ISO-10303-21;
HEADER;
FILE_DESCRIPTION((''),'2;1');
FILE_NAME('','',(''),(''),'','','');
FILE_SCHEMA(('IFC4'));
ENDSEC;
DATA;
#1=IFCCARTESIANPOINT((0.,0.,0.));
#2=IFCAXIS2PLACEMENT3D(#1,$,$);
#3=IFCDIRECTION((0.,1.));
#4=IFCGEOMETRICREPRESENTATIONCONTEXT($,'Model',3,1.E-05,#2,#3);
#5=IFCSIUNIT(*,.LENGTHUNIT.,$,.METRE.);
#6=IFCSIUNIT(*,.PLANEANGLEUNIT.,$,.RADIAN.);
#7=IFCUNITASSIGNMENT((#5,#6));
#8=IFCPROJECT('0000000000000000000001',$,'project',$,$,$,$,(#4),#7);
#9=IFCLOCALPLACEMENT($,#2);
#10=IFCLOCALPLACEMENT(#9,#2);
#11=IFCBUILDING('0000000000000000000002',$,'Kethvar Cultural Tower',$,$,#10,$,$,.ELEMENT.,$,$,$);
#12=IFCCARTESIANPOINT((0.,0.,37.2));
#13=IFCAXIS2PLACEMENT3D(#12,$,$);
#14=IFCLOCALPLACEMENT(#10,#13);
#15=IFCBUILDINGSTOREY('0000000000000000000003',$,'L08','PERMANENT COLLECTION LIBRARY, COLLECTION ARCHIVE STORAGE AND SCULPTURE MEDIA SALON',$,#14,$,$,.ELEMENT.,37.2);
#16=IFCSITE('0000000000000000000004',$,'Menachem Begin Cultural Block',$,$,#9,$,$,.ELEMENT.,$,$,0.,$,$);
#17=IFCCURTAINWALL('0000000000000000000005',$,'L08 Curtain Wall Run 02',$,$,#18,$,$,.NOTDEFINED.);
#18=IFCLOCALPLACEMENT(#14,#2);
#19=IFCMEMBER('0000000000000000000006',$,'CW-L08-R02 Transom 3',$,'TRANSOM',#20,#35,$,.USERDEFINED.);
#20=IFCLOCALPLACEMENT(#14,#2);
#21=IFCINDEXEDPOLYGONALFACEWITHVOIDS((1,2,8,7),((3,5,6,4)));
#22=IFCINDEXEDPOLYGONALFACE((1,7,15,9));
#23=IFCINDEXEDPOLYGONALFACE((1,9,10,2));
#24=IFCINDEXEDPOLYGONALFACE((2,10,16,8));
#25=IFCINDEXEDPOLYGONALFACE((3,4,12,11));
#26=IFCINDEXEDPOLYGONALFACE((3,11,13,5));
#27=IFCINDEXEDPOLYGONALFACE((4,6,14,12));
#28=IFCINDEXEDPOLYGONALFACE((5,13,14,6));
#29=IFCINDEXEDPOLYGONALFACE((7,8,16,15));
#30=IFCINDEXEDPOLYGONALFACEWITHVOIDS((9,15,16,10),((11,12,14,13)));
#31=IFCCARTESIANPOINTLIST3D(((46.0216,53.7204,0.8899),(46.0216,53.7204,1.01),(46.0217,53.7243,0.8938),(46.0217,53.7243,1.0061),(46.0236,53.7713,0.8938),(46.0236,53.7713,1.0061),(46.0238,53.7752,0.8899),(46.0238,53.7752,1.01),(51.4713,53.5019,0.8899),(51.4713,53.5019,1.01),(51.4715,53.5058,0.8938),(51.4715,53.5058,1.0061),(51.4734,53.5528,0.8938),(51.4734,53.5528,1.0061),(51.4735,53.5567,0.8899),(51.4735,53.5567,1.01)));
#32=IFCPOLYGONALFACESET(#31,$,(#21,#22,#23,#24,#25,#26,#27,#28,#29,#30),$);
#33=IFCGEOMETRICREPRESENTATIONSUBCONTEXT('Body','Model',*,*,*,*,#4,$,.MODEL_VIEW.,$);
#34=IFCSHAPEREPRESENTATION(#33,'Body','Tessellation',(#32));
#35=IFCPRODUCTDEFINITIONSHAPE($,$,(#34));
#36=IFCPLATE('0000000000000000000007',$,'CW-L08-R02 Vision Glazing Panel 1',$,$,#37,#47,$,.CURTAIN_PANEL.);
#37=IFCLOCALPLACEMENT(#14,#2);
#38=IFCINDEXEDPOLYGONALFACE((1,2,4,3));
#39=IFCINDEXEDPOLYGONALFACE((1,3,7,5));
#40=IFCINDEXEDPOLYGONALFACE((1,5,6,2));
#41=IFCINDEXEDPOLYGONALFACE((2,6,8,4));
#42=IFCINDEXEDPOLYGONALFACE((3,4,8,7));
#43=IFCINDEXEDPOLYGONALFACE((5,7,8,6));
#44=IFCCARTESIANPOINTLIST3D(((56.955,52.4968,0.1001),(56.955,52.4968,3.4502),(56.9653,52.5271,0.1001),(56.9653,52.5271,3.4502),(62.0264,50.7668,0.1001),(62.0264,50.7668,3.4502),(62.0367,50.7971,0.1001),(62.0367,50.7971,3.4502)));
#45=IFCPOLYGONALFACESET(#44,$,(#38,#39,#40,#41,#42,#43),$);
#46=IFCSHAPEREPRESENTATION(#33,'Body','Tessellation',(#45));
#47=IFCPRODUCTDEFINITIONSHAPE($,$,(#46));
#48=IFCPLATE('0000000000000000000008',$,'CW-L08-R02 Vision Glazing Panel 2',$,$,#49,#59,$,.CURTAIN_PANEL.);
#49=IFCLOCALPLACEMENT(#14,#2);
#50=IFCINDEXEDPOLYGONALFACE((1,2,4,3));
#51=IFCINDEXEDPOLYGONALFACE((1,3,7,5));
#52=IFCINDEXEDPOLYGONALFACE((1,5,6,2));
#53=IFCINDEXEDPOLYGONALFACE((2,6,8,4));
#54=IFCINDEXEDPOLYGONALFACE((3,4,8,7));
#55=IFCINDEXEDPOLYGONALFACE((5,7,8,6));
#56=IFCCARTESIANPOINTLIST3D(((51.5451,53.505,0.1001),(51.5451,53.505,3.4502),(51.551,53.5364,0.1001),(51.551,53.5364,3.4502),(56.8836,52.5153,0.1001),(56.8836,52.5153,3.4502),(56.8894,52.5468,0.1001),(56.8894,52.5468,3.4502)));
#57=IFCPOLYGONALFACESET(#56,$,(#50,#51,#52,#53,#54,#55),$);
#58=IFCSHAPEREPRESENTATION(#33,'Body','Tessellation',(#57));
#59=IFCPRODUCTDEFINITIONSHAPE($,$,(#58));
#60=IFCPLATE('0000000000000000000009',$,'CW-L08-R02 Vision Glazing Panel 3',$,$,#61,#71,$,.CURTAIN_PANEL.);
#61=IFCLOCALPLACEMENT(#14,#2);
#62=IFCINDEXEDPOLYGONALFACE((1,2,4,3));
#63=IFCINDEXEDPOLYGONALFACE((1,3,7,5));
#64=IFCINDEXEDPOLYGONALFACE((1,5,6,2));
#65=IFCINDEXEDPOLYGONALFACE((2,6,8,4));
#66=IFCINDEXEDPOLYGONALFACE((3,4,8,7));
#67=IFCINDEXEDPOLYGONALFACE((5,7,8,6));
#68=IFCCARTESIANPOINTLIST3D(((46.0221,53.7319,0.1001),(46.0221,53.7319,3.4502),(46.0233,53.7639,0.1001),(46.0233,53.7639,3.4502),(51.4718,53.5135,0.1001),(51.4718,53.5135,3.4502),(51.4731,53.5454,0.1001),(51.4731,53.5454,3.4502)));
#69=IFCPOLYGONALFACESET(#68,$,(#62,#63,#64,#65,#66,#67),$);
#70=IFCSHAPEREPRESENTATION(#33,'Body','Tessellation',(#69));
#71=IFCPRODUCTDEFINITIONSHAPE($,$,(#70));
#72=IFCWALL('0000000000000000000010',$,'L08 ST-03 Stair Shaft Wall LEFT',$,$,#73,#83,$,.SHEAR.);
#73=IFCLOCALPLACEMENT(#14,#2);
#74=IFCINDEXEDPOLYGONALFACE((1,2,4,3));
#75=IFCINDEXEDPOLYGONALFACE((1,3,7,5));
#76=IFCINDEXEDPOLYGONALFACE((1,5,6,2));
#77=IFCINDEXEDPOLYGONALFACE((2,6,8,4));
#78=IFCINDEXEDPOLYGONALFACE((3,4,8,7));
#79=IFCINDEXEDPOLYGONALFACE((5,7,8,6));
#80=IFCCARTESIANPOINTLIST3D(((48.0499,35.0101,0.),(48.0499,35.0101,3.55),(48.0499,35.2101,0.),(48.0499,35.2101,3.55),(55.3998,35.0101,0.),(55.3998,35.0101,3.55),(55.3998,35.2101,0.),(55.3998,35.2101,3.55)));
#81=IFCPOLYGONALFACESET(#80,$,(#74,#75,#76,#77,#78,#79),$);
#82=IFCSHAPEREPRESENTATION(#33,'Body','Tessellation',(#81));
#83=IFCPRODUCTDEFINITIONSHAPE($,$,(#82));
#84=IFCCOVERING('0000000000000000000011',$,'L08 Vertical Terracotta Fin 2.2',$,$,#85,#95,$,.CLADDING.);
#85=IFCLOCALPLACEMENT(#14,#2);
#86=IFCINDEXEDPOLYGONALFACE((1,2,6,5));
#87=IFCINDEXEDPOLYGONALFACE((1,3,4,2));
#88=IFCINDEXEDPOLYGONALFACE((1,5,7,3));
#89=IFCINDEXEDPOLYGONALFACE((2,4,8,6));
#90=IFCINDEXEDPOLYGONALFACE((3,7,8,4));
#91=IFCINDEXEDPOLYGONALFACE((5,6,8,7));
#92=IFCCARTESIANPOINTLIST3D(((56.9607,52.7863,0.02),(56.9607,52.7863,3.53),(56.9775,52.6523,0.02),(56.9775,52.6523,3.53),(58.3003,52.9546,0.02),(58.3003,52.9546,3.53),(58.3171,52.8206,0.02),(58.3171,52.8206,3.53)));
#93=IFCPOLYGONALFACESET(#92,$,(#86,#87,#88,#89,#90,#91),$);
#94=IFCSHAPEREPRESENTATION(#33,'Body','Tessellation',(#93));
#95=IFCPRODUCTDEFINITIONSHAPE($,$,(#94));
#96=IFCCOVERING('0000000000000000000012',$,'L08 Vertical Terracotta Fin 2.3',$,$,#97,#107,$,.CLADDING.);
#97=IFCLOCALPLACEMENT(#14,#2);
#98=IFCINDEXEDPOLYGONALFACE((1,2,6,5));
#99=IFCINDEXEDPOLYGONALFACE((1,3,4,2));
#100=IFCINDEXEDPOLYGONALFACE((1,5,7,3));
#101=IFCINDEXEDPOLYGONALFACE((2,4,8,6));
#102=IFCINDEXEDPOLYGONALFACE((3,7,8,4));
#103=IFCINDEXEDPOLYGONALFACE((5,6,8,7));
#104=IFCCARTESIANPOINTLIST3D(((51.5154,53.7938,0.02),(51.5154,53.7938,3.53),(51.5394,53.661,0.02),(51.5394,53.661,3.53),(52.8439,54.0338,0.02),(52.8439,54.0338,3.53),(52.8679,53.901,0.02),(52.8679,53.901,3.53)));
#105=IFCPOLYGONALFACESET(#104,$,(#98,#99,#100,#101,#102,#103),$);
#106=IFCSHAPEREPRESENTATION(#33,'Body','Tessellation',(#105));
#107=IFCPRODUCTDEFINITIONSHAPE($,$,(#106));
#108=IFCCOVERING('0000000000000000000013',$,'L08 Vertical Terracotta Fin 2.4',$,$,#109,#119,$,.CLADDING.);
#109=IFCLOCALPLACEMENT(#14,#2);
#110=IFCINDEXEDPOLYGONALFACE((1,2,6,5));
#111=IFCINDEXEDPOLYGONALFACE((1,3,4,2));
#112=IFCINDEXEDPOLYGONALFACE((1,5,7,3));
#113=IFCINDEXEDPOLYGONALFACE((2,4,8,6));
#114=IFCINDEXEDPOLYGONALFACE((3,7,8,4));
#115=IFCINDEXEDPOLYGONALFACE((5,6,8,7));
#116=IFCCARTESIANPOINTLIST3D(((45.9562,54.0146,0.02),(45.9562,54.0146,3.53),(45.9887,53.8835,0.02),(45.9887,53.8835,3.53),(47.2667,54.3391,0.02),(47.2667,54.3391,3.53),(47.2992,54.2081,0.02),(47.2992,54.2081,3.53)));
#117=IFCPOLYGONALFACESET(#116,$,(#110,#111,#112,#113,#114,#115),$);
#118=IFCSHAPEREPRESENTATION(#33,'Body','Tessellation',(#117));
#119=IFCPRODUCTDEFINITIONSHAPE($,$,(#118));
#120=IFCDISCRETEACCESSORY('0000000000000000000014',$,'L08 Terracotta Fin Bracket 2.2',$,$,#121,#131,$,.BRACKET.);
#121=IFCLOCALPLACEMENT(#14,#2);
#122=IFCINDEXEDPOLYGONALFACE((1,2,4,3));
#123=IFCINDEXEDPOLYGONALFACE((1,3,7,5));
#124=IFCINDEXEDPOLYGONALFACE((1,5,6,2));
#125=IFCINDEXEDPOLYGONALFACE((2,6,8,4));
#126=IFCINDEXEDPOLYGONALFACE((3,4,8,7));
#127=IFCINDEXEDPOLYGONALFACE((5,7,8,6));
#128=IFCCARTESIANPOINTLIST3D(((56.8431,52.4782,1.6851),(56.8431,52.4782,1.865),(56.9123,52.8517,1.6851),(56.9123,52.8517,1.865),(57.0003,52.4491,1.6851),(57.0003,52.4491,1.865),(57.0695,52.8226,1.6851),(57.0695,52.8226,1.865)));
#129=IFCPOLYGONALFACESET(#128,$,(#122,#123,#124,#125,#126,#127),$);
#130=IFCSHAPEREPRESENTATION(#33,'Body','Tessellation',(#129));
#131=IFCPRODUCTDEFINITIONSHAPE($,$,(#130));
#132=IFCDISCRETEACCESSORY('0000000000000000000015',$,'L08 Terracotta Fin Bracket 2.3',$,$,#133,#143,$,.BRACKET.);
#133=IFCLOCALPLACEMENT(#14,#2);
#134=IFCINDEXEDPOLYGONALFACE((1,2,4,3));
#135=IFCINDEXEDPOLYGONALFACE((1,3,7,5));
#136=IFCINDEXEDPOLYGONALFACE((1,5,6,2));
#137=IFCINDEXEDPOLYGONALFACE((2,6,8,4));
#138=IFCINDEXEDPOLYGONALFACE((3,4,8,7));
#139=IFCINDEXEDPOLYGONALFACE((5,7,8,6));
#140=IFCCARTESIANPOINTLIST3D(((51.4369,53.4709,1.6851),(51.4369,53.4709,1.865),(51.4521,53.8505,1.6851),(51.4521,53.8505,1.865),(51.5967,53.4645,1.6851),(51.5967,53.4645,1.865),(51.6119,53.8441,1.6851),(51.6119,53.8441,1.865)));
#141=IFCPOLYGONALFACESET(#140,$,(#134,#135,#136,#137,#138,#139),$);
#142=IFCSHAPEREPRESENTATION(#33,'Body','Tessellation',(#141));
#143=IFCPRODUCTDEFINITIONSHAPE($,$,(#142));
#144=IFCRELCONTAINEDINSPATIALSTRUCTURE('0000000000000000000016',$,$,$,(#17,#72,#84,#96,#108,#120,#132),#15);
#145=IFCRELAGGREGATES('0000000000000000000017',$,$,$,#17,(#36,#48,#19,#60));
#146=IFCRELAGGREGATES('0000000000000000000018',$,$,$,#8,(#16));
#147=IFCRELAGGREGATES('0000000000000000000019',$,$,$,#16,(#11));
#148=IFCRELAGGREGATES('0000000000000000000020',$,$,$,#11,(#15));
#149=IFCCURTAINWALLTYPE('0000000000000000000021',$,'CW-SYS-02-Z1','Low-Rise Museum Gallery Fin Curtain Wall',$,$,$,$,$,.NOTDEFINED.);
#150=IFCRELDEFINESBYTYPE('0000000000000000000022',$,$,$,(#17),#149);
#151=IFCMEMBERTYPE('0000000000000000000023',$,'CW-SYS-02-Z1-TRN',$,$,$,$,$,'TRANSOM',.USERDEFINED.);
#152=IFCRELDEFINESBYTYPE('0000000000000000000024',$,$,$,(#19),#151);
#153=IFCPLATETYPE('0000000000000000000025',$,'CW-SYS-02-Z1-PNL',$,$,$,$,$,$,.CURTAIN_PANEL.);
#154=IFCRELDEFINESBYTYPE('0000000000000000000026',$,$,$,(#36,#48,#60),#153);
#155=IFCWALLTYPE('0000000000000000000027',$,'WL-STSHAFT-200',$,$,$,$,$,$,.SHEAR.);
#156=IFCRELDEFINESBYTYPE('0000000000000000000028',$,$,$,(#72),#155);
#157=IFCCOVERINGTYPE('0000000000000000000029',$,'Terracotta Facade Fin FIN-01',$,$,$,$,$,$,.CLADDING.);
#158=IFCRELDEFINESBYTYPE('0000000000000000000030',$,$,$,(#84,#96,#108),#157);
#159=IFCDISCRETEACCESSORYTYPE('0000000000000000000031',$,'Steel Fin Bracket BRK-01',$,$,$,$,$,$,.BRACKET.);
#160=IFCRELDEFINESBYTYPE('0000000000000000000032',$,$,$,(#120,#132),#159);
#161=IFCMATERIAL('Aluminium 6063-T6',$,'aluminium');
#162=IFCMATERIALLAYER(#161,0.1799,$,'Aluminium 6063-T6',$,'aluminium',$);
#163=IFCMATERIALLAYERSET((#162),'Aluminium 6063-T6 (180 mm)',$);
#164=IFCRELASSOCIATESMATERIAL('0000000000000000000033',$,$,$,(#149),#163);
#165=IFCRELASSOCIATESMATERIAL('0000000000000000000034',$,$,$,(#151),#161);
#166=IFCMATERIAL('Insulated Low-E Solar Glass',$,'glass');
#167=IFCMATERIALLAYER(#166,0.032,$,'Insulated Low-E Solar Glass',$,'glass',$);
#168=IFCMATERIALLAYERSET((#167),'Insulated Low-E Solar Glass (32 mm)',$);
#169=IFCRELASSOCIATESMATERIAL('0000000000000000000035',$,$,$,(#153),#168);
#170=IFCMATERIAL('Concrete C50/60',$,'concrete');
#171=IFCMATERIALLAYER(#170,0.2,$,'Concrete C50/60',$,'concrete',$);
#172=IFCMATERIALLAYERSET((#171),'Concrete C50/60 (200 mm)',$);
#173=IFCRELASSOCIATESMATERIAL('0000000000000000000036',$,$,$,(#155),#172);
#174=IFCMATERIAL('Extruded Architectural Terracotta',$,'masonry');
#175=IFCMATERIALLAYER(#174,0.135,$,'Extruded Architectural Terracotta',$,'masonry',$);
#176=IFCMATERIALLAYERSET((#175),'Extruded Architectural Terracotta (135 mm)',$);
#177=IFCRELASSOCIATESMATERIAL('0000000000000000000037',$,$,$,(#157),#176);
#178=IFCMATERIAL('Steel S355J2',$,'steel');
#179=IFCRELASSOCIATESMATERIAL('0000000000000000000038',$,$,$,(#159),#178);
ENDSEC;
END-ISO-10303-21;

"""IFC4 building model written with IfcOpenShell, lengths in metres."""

from ifc_helpers import new_model, si_unit, direction, frame, frame_2d, origin, origin_2d, place, context, subcontext, project, spatial, rectangle, hollow_rectangle, extrude, source, transform, mapped, material, layer, layer_set, material_profile, profile_set, type_object, element, aggregate, save


model = new_model("IFC4")

# Units and contexts
model_context = context("Model", 3, precision=1e-05, world=origin(), true_north=direction((0.0, 1.0)))
body_context = subcontext(model_context, "Body", "Model", "MODEL_VIEW")
ifc_project = project(units=[si_unit("LENGTHUNIT", "METRE"), si_unit("PLANEANGLEUNIT", "RADIAN")], contexts=[model_context])

# Site, building, storey
site_placement = place(None, origin())
site = spatial("IfcSite", under=ifc_project, at=site_placement, Name="Menachem Begin Cultural Block", CompositionType="ELEMENT", RefElevation=0.0)
building_placement = place(site_placement, origin())
building = spatial("IfcBuilding", under=site, at=building_placement, Name="Kethvar Cultural Tower", CompositionType="ELEMENT")
storey_placement = place(building_placement, frame((0.0, 0.0, 37.2)))
storey = spatial("IfcBuildingStorey", under=building, at=storey_placement, Name="L08", Description="PERMANENT COLLECTION LIBRARY, COLLECTION ARCHIVE STORAGE AND SCULPTURE MEDIA SALON", CompositionType="ELEMENT", Elevation=37.2)

# Shared definitions
ifc_material_1 = material(Name="Steel S355J2", Category="steel")

# Curtain wall, member, plates
ifc_material_2 = material(Name="Aluminium 6063-T6", Category="aluminium")
ifc_layer_1 = layer(ifc_material_2, 0.1799, Name="Aluminium 6063-T6", Category="aluminium")
ifc_layer_set_1 = layer_set([ifc_layer_1], Name="Aluminium 6063-T6 (180 mm)")
curtain_wall_type = type_object("IfcCurtainWallType", Name="CW-SYS-02-Z1", Description="Low-Rise Museum Gallery Fin Curtain Wall", PredefinedType="NOTDEFINED", material=ifc_layer_set_1)
curtain_wall_placement = place(storey_placement, origin())
curtain_wall = element("IfcCurtainWall", 1, at=curtain_wall_placement, inside=storey, type_object=curtain_wall_type, Name="L08 Curtain Wall Run 02", PredefinedType="NOTDEFINED")
ifc_material_profile_1 = material_profile(ifc_material_2, hollow_rectangle(XDim=0.0549, YDim=0.1201, WallThickness=0.0039, at=origin_2d()), Name="Aluminium 6063-T6 — RHS120x55x4")
ifc_profile_set_1 = profile_set([ifc_material_profile_1], Name="Aluminium 6063-T6 — RHS120x55x4")
member_type_1 = type_object("IfcMemberType", Name="CW-SYS-02-Z1-TRN", ElementType="TRANSOM", PredefinedType="USERDEFINED", material=ifc_profile_set_1)
shared_shape_1 = source(origin(), body_context, "Body", "SweptSolid", [
    extrude(hollow_rectangle(XDim=0.0549, YDim=0.1201, WallThickness=0.0039, at=origin_2d()), origin(), (0.0, 0.0, 1.0), 5.4541),
])
member_1_placement = place(storey_placement, frame((51.4724, 53.5293, 0.95), z_axis=(-0.999197, 0.040063, 0.0), x_axis=(-0.040063, -0.999197, 0.0)))
member_1 = element("IfcMember", 2, at=member_1_placement, type_object=member_type_1, Name="CW-L08-R02 Transom 3", ObjectType="TRANSOM", PredefinedType="USERDEFINED", context=body_context, shape_type="MappedRepresentation", body=[
    mapped(shared_shape_1, transform((0.0, 0.0, 0.0), scale=1.0)),
])
ifc_material_3 = material(Name="Insulated Low-E Solar Glass", Category="glass")
ifc_layer_2 = layer(ifc_material_3, 0.032, Name="Insulated Low-E Solar Glass", Category="glass")
ifc_layer_set_2 = layer_set([ifc_layer_2], Name="Insulated Low-E Solar Glass (32 mm)")
plate_type = type_object("IfcPlateType", Name="CW-SYS-02-Z1-PNL", PredefinedType="CURTAIN_PANEL", material=ifc_layer_set_2)
shared_shape_2 = source(origin(), body_context, "Body", "SweptSolid", [
    extrude(rectangle(XDim=5.3584, YDim=0.032, at=origin_2d()), origin(), (0.0, 0.0, 1.0), 3.3501),
])
plate_1_placement = place(storey_placement, frame((59.4958, 51.647, 0.1001), z_axis=(0.0, 0.0, 1.0), x_axis=(-0.946447, 0.32286, 0.0)))
plate_1 = element("IfcPlate", 3, at=plate_1_placement, type_object=plate_type, Name="CW-L08-R02 Vision Glazing Panel 1", PredefinedType="CURTAIN_PANEL", context=body_context, shape_type="MappedRepresentation", body=[
    mapped(shared_shape_2, transform((0.0, 0.0, 0.0), scale=1.0)),
])
shared_shape_3 = source(origin(), body_context, "Body", "SweptSolid", [
    extrude(rectangle(XDim=5.4294, YDim=0.032, at=origin_2d()), origin(), (0.0, 0.0, 1.0), 3.3501),
])
plate_2_placement = place(storey_placement, frame((54.2173, 53.0259, 0.1001), z_axis=(0.0, 0.0, 1.0), x_axis=(-0.983249, 0.18227, 0.0)))
plate_2 = element("IfcPlate", 4, at=plate_2_placement, type_object=plate_type, Name="CW-L08-R02 Vision Glazing Panel 2", PredefinedType="CURTAIN_PANEL", context=body_context, shape_type="MappedRepresentation", body=[
    mapped(shared_shape_3, transform((0.0, 0.0, 0.0), scale=1.0)),
])
shared_shape_4 = source(origin(), body_context, "Body", "SweptSolid", [
    extrude(rectangle(XDim=5.4541, YDim=0.032, at=origin_2d()), origin(), (0.0, 0.0, 1.0), 3.3501),
])
plate_3_placement = place(storey_placement, frame((48.7476, 53.6387, 0.1001), z_axis=(0.0, 0.0, 1.0), x_axis=(-0.999198, 0.040045, 0.0)))
plate_3 = element("IfcPlate", 5, at=plate_3_placement, type_object=plate_type, Name="CW-L08-R02 Vision Glazing Panel 3", PredefinedType="CURTAIN_PANEL", context=body_context, shape_type="MappedRepresentation", body=[
    mapped(shared_shape_4, transform((0.0, 0.0, 0.0), scale=1.0)),
])
aggregate(curtain_wall, [plate_1, plate_2, member_1, plate_3])

# Wall
ifc_material_4 = material(Name="Concrete C50/60", Category="concrete")
ifc_layer_3 = layer(ifc_material_4, 0.2, Name="Concrete C50/60", Category="concrete")
ifc_layer_set_3 = layer_set([ifc_layer_3], Name="Concrete C50/60 (200 mm)")
wall_type_1 = type_object("IfcWallType", Name="WL-STSHAFT-200", PredefinedType="SHEAR", material=ifc_layer_set_3)
wall_1_placement = place(storey_placement, frame((48.05, 35.1101, 0.0), z_axis=(0.0, 0.0, 1.0), x_axis=(1.0, 0.0, 0.0)))
element("IfcWall", 6, at=wall_1_placement, inside=storey, type_object=wall_type_1, Name="L08 ST-03 Stair Shaft Wall LEFT", PredefinedType="SHEAR", context=body_context, shape_type="SweptSolid", body=[
    extrude(rectangle(XDim=7.3499, YDim=0.2, at=frame_2d((3.6748, 0.0))), origin(), (0.0, 0.0, 1.0), 3.55),
])

# Coverings
ifc_material_5 = material(Name="Extruded Architectural Terracotta", Category="masonry")
ifc_layer_4 = layer(ifc_material_5, 0.135, Name="Extruded Architectural Terracotta", Category="masonry")
ifc_layer_set_4 = layer_set([ifc_layer_4], Name="Extruded Architectural Terracotta (135 mm)")
covering_type = type_object("IfcCoveringType", Name="Terracotta Facade Fin FIN-01", PredefinedType="CLADDING", material=ifc_layer_set_4)
shared_shape_5 = source(origin(), body_context, "Body", "SweptSolid", [
    extrude(rectangle(XDim=1.3501, YDim=0.135, at=origin_2d()), origin(), (0.0, 0.0, 1.0), 3.51),
])
for number, where, z_axis, x_axis, name in (
    (7, (57.6389, 52.8035, 0.02), (0.0, 0.0, 1.0), (0.992202, 0.124641, 0.0), "L08 Vertical Terracotta Fin 2.2"),
    (8, (52.1917, 53.8474, 0.02), (0.0, 0.0, 1.0), (0.984072, 0.177772, 0.0), "L08 Vertical Terracotta Fin 2.3"),
    (9, (46.6277, 54.1113, 0.02), (0.0, 0.0, 1.0), (0.970675, 0.240397, 0.0), "L08 Vertical Terracotta Fin 2.4"),
):
    element("IfcCovering", number, at=place(storey_placement, frame(where, z_axis=z_axis, x_axis=x_axis)), inside=storey, type_object=covering_type, Name=name, PredefinedType="CLADDING", context=body_context, shape_type="MappedRepresentation", body=[
        mapped(shared_shape_5, transform((0.0, 0.0, 0.0), scale=1.0)),
    ])

# Discrete accessories
discrete_accessory_type = type_object("IfcDiscreteAccessoryType", Name="Steel Fin Bracket BRK-01", PredefinedType="BRACKET", material=ifc_material_1)
shared_shape_6 = source(origin(), body_context, "Body", "SweptSolid", [
    extrude(rectangle(XDim=0.3799, YDim=0.1599, at=origin_2d()), origin(), (0.0, 0.0, 1.0), 0.1799),
])
for number, where, z_axis, x_axis, name in (
    (10, (56.9563, 52.6504, 1.6851), (0.0, 0.0, 1.0), (0.182236, 0.983255, 0.0), "L08 Terracotta Fin Bracket 2.2"),
    (11, (51.5244, 53.6575, 1.6851), (0.0, 0.0, 1.0), (0.040132, 0.999194, 0.0), "L08 Terracotta Fin Bracket 2.3"),
):
    element("IfcDiscreteAccessory", number, at=place(storey_placement, frame(where, z_axis=z_axis, x_axis=x_axis)), inside=storey, type_object=discrete_accessory_type, Name=name, PredefinedType="BRACKET", context=body_context, shape_type="MappedRepresentation", body=[
        mapped(shared_shape_6, transform((0.0, 0.0, 0.0), scale=1.0)),
    ])

save(model, "model.ifc")
